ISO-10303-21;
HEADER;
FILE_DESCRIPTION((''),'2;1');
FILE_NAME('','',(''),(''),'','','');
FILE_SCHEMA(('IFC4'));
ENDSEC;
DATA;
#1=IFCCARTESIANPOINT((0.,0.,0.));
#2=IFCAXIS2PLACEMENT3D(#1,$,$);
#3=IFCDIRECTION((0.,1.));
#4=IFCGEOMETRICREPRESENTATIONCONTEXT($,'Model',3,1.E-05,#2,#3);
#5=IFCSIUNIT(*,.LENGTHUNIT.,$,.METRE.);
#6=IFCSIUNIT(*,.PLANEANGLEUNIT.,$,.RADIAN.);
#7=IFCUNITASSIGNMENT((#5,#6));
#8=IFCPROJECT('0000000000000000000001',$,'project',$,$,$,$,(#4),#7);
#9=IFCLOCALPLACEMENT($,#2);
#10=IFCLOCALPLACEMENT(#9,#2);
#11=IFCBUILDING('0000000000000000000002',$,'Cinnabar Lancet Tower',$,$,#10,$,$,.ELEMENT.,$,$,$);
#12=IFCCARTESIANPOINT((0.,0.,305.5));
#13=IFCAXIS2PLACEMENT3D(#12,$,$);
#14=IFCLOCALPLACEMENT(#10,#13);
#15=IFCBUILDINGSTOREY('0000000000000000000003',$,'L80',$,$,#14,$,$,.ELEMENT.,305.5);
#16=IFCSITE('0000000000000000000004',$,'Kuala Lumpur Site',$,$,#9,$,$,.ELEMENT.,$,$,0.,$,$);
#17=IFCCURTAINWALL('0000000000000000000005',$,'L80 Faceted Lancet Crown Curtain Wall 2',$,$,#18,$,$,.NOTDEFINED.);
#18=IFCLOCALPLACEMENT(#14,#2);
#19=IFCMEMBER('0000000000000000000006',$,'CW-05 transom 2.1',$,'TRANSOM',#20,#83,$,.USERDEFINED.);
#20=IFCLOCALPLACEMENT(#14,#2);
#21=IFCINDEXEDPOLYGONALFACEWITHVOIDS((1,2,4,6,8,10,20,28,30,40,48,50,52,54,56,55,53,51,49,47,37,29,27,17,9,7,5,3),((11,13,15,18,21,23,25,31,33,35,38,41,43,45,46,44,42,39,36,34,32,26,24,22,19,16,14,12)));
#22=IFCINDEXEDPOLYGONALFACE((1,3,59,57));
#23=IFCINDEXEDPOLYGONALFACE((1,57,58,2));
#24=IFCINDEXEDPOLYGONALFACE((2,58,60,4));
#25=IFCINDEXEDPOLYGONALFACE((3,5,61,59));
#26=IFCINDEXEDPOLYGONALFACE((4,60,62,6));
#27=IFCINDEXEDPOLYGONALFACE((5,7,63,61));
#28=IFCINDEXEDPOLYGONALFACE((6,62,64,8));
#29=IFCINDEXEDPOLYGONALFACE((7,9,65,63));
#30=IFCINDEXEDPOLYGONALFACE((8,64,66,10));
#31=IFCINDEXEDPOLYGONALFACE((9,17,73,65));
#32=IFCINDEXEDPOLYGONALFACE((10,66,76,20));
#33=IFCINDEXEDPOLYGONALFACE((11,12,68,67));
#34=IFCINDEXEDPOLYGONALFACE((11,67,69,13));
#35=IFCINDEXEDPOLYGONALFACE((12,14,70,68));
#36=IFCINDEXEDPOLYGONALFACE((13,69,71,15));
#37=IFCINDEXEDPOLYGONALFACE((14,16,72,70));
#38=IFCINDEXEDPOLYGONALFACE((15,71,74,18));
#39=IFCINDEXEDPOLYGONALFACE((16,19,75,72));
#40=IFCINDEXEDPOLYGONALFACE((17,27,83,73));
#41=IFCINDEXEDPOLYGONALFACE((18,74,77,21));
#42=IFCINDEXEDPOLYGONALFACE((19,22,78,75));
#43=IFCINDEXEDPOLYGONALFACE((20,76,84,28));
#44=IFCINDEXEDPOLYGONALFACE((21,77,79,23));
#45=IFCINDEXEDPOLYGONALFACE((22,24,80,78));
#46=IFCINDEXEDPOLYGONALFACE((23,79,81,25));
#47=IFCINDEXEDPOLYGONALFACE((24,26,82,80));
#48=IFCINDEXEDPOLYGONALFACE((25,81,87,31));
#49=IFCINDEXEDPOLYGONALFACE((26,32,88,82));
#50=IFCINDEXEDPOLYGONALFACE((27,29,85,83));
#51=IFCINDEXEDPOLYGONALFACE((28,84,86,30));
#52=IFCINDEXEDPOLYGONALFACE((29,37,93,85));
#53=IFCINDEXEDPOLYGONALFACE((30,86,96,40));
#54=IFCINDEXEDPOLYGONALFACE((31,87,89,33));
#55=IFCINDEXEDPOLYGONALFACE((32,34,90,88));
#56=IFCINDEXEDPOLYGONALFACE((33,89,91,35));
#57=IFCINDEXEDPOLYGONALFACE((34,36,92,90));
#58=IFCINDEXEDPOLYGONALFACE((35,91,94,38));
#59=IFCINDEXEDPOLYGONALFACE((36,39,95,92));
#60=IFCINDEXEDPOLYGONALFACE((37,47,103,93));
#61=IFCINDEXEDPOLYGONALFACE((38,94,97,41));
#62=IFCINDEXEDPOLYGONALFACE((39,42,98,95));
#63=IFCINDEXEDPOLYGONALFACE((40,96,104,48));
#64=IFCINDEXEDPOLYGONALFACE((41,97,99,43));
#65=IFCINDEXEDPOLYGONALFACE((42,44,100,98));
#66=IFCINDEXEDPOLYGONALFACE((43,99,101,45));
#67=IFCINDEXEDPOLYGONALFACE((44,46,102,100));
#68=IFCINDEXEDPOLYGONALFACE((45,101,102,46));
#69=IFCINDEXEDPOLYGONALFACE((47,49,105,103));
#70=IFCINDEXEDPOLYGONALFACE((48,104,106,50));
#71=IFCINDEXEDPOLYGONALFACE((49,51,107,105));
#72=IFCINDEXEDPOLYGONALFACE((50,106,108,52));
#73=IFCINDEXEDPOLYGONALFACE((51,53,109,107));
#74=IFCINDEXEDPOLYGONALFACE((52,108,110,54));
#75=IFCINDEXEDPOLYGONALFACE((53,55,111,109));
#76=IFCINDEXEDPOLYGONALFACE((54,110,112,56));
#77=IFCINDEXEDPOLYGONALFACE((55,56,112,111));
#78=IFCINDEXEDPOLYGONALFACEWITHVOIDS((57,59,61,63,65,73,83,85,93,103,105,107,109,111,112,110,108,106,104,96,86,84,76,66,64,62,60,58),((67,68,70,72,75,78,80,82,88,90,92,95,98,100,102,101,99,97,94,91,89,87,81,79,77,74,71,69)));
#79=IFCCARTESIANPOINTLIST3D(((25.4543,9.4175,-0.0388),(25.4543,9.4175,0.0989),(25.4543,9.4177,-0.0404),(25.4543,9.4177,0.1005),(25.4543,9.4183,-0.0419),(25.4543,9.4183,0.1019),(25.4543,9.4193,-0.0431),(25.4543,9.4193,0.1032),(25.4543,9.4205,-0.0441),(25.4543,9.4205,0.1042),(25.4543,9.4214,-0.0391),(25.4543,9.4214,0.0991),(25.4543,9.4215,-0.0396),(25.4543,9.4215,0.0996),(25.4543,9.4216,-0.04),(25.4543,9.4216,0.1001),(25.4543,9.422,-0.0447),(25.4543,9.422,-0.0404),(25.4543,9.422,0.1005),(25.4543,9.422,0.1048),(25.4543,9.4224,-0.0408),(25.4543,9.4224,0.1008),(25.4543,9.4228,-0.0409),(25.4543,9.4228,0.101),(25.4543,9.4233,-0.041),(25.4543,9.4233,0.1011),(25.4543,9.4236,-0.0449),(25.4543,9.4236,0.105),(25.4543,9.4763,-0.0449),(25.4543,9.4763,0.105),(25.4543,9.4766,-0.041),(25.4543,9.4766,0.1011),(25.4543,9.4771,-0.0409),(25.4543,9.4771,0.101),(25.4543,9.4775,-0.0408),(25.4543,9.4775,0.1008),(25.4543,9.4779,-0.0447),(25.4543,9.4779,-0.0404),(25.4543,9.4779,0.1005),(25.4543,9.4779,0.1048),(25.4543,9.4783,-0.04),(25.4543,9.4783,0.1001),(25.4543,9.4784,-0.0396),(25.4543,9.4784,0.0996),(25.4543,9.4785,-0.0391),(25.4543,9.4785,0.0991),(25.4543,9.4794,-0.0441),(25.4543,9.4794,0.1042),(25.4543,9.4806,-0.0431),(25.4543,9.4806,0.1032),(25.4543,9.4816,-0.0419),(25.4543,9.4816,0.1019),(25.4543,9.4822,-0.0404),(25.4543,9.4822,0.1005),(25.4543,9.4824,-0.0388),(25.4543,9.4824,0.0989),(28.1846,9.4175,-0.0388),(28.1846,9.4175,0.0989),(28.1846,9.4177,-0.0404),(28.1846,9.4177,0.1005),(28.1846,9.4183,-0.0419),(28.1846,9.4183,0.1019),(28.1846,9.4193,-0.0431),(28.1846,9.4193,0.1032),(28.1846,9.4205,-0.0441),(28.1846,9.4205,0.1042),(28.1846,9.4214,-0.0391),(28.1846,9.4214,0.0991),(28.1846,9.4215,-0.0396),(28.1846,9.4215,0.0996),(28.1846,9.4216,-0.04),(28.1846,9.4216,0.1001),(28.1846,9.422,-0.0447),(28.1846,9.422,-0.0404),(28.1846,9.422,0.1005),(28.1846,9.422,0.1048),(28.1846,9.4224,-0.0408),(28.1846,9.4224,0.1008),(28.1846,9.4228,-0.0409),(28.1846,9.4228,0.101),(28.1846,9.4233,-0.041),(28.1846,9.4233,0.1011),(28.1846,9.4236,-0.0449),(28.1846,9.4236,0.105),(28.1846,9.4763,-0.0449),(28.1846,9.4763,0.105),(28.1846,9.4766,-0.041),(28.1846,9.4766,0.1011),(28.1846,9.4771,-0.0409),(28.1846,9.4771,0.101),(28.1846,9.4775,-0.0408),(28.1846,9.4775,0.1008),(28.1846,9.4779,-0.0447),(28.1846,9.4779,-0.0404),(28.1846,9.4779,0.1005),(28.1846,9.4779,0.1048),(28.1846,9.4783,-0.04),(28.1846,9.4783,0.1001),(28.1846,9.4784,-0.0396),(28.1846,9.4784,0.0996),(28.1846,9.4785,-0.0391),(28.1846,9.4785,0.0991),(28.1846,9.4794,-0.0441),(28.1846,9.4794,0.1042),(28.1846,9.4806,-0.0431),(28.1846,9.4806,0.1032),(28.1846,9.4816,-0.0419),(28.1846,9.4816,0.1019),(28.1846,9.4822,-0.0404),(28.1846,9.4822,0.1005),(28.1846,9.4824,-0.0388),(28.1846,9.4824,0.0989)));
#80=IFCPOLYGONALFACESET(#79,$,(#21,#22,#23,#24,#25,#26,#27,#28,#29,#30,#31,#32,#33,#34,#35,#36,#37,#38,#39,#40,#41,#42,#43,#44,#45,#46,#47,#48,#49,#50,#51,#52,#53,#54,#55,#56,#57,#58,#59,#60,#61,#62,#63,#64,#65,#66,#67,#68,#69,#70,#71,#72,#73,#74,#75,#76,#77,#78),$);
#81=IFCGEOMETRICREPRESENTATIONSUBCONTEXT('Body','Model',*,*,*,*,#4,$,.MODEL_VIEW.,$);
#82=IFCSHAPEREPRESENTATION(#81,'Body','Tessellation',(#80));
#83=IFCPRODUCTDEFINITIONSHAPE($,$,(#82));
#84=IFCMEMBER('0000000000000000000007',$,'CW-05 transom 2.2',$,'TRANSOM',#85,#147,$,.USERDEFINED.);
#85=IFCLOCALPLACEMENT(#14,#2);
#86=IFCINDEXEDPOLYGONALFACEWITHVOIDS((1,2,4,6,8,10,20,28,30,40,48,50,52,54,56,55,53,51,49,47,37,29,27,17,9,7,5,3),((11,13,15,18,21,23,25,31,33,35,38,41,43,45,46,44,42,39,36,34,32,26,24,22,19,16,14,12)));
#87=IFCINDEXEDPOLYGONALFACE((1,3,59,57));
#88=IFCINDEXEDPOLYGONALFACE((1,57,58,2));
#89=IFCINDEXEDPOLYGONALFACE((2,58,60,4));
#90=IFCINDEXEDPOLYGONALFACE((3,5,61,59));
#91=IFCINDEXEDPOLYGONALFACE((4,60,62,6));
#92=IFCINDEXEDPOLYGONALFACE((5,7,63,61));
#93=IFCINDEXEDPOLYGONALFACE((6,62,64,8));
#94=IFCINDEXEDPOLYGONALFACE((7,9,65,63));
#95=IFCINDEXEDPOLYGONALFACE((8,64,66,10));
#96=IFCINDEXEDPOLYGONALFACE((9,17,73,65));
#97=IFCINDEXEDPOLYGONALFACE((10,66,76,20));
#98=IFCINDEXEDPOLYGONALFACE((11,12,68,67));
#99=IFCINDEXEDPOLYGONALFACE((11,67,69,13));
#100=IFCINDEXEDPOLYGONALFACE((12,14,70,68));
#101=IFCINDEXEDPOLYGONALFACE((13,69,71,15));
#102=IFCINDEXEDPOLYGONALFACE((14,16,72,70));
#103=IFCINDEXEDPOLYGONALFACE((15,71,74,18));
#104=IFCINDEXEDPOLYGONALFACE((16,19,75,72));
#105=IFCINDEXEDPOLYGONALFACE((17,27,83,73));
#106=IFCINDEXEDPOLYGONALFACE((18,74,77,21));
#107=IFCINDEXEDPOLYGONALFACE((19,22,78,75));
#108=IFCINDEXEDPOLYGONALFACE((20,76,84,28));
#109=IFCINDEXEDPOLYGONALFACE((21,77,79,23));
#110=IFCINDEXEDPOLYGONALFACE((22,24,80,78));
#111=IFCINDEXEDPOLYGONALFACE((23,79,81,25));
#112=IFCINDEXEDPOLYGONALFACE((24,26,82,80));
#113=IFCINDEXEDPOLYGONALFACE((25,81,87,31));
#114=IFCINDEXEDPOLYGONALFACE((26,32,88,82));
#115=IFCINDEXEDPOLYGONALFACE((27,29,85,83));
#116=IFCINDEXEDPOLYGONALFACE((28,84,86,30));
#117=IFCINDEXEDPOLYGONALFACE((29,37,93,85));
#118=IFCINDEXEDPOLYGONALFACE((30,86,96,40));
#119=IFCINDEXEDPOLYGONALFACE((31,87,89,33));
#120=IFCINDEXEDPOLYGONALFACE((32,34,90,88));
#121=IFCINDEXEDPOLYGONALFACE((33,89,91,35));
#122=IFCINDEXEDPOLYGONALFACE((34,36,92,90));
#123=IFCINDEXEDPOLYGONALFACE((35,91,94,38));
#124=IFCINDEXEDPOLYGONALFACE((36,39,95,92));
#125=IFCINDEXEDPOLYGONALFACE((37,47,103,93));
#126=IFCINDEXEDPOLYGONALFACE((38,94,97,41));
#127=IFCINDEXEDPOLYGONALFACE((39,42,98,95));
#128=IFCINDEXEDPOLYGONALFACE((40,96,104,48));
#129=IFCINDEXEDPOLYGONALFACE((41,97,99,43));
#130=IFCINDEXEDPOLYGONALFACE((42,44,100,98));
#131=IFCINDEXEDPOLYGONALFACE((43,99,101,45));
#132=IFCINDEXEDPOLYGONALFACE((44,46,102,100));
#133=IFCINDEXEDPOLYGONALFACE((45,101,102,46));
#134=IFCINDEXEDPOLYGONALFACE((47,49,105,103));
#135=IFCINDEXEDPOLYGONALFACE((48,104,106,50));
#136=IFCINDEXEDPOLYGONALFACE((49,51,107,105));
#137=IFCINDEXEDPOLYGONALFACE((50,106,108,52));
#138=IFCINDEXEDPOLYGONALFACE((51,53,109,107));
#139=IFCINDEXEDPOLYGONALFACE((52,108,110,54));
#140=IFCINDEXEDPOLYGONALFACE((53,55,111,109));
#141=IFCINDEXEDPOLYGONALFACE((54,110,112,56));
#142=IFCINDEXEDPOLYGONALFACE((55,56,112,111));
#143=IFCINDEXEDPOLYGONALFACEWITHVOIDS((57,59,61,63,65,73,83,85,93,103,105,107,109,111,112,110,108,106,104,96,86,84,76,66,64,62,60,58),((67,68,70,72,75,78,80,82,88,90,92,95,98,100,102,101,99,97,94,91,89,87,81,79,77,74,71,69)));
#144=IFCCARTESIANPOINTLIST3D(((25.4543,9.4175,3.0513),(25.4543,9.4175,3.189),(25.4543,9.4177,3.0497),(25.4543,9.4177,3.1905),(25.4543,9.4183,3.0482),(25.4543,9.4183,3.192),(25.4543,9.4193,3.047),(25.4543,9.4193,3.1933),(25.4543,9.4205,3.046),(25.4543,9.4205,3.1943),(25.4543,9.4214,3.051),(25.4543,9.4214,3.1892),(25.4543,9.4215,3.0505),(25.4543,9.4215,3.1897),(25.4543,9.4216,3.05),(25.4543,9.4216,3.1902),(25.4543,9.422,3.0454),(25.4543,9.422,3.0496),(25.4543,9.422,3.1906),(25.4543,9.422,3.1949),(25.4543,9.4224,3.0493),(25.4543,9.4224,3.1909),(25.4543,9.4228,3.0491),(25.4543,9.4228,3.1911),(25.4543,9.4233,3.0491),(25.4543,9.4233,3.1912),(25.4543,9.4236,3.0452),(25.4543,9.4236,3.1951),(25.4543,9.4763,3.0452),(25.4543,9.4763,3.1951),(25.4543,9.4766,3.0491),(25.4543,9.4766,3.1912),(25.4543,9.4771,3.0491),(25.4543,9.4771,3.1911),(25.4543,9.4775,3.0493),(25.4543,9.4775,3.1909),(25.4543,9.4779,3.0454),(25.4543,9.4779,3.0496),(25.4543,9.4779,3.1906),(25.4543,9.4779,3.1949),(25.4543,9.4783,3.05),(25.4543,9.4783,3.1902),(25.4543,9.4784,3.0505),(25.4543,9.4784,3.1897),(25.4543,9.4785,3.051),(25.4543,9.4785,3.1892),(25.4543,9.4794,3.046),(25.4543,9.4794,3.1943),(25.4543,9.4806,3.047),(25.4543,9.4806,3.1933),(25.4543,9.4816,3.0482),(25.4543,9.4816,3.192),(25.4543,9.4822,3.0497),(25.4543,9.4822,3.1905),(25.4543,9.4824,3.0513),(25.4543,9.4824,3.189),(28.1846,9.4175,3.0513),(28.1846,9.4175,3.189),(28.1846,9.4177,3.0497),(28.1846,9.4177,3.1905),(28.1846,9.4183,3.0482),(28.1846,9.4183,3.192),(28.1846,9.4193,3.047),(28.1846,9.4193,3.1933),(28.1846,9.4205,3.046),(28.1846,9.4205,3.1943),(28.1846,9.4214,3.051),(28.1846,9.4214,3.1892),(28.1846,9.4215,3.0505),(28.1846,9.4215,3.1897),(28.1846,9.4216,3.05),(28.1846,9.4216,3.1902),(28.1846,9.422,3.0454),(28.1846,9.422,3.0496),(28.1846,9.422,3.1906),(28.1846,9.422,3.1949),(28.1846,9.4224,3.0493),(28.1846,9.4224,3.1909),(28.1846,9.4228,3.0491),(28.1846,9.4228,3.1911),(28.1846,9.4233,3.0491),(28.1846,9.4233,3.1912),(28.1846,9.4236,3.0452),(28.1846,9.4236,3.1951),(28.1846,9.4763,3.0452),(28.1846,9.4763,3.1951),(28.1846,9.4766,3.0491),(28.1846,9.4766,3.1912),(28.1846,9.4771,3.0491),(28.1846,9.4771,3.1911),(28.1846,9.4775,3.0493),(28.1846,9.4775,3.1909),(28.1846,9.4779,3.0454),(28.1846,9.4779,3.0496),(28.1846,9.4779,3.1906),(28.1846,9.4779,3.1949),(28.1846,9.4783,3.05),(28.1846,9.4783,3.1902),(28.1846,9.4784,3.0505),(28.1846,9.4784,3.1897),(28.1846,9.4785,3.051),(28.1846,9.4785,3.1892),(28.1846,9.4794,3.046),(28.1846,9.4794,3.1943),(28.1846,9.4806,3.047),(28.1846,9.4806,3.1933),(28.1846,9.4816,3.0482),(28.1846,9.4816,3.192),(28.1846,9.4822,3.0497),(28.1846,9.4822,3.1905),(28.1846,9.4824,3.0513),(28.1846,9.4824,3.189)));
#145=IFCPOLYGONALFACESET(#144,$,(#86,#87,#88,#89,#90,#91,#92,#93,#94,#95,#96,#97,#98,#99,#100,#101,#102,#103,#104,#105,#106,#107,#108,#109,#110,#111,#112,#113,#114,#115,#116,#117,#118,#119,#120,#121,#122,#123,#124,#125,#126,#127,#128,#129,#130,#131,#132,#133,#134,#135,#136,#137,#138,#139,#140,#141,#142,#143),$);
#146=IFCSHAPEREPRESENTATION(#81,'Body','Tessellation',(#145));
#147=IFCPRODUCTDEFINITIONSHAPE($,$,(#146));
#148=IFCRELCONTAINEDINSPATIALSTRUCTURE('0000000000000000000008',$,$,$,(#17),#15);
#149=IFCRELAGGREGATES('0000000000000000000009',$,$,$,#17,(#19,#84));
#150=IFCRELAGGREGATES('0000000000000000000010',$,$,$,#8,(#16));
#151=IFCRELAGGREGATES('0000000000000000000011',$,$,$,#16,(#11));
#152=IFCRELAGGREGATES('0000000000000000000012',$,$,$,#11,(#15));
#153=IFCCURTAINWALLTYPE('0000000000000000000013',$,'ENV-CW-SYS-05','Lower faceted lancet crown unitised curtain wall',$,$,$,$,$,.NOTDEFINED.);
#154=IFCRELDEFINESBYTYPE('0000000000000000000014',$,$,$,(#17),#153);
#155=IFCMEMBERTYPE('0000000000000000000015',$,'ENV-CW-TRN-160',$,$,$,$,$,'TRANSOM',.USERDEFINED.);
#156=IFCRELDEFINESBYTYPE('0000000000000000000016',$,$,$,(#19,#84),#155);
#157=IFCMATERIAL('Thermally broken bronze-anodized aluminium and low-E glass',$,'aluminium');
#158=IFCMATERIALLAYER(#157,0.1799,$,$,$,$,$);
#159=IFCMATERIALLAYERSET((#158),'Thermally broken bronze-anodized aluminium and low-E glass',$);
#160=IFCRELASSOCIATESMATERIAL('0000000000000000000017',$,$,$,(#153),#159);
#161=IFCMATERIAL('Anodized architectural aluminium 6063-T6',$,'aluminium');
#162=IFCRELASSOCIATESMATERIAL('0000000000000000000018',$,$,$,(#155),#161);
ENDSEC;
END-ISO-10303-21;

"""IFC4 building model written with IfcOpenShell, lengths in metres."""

from ifc_helpers import new_model, si_unit, direction, frame, origin, origin_2d, place, context, subcontext, project, spatial, hollow_rectangle, extrude, material, layer, layer_set, material_profile, profile_set, type_object, element, aggregate, save


model = new_model("IFC4")

# Units and contexts
model_context = context("Model", 3, precision=1e-05, world=origin(), true_north=direction((0.0, 1.0)))
body_context = subcontext(model_context, "Body", "Model", "MODEL_VIEW")
ifc_project = project(units=[si_unit("LENGTHUNIT", "METRE"), si_unit("PLANEANGLEUNIT", "RADIAN")], contexts=[model_context])

# Site, building, storey
site_placement = place(None, origin())
site = spatial("IfcSite", under=ifc_project, at=site_placement, Name="Kuala Lumpur Site", CompositionType="ELEMENT", RefElevation=0.0)
building_placement = place(site_placement, origin())
building = spatial("IfcBuilding", under=site, at=building_placement, Name="Cinnabar Lancet Tower", CompositionType="ELEMENT")
storey_placement = place(building_placement, frame((0.0, 0.0, 305.5)))
storey = spatial("IfcBuildingStorey", under=building, at=storey_placement, Name="L80", CompositionType="ELEMENT", Elevation=305.5)

# Curtain wall, members
ifc_material_1 = material(Name="Thermally broken bronze-anodized aluminium and low-E glass", Category="aluminium")
ifc_layer_1 = layer(ifc_material_1, 0.1799)
ifc_layer_set_1 = layer_set([ifc_layer_1], Name="Thermally broken bronze-anodized aluminium and low-E glass")
curtain_wall_type = type_object("IfcCurtainWallType", Name="ENV-CW-SYS-05", Description="Lower faceted lancet crown unitised curtain wall", PredefinedType="NOTDEFINED", material=ifc_layer_set_1)
curtain_wall_placement = place(storey_placement, origin())
curtain_wall = element("IfcCurtainWall", 1, at=curtain_wall_placement, inside=storey, type_object=curtain_wall_type, Name="L80 Faceted Lancet Crown Curtain Wall 2", PredefinedType="NOTDEFINED")
ifc_material_2 = material(Name="Anodized architectural aluminium 6063-T6", Category="aluminium")
ifc_material_profile_1 = material_profile(ifc_material_2, hollow_rectangle(XDim=0.0649, YDim=0.1499, WallThickness=0.0039, InnerFilletRadius=0.002, OuterFilletRadius=0.0061, at=origin_2d()), Name="CW-TRN 150x65x4")
ifc_profile_set_1 = profile_set([ifc_material_profile_1], Name="Anodized architectural aluminium 6063-T6")
member_type_1 = type_object("IfcMemberType", Name="ENV-CW-TRN-160", ElementType="TRANSOM", PredefinedType="USERDEFINED", material=ifc_profile_set_1)
member_1_placement = place(storey_placement, frame((25.4543, 9.45, 0.03), z_axis=(1.0, 0.0, 0.0), x_axis=(0.0, 1.0, 0.0)))
member_1 = element("IfcMember", 2, at=member_1_placement, type_object=member_type_1, Name="CW-05 transom 2.1", ObjectType="TRANSOM", PredefinedType="USERDEFINED", context=body_context, shape_type="SweptSolid", body=[
    extrude(hollow_rectangle(XDim=0.0649, YDim=0.1499, WallThickness=0.0039, InnerFilletRadius=0.002, OuterFilletRadius=0.0061, at=origin_2d()), origin(), (0.0, 0.0, 1.0), 2.7302),
])
member_2_placement = place(storey_placement, frame((25.4543, 9.45, 3.1201), z_axis=(1.0, 0.0, 0.0), x_axis=(0.0, 1.0, 0.0)))
member_2 = element("IfcMember", 3, at=member_2_placement, type_object=member_type_1, Name="CW-05 transom 2.2", ObjectType="TRANSOM", PredefinedType="USERDEFINED", context=body_context, shape_type="SweptSolid", body=[
    extrude(hollow_rectangle(XDim=0.0649, YDim=0.1499, WallThickness=0.0039, InnerFilletRadius=0.002, OuterFilletRadius=0.0061, at=origin_2d()), origin(), (0.0, 0.0, 1.0), 2.7302),
])
aggregate(curtain_wall, [member_1, member_2])

save(model, "model.ifc")
